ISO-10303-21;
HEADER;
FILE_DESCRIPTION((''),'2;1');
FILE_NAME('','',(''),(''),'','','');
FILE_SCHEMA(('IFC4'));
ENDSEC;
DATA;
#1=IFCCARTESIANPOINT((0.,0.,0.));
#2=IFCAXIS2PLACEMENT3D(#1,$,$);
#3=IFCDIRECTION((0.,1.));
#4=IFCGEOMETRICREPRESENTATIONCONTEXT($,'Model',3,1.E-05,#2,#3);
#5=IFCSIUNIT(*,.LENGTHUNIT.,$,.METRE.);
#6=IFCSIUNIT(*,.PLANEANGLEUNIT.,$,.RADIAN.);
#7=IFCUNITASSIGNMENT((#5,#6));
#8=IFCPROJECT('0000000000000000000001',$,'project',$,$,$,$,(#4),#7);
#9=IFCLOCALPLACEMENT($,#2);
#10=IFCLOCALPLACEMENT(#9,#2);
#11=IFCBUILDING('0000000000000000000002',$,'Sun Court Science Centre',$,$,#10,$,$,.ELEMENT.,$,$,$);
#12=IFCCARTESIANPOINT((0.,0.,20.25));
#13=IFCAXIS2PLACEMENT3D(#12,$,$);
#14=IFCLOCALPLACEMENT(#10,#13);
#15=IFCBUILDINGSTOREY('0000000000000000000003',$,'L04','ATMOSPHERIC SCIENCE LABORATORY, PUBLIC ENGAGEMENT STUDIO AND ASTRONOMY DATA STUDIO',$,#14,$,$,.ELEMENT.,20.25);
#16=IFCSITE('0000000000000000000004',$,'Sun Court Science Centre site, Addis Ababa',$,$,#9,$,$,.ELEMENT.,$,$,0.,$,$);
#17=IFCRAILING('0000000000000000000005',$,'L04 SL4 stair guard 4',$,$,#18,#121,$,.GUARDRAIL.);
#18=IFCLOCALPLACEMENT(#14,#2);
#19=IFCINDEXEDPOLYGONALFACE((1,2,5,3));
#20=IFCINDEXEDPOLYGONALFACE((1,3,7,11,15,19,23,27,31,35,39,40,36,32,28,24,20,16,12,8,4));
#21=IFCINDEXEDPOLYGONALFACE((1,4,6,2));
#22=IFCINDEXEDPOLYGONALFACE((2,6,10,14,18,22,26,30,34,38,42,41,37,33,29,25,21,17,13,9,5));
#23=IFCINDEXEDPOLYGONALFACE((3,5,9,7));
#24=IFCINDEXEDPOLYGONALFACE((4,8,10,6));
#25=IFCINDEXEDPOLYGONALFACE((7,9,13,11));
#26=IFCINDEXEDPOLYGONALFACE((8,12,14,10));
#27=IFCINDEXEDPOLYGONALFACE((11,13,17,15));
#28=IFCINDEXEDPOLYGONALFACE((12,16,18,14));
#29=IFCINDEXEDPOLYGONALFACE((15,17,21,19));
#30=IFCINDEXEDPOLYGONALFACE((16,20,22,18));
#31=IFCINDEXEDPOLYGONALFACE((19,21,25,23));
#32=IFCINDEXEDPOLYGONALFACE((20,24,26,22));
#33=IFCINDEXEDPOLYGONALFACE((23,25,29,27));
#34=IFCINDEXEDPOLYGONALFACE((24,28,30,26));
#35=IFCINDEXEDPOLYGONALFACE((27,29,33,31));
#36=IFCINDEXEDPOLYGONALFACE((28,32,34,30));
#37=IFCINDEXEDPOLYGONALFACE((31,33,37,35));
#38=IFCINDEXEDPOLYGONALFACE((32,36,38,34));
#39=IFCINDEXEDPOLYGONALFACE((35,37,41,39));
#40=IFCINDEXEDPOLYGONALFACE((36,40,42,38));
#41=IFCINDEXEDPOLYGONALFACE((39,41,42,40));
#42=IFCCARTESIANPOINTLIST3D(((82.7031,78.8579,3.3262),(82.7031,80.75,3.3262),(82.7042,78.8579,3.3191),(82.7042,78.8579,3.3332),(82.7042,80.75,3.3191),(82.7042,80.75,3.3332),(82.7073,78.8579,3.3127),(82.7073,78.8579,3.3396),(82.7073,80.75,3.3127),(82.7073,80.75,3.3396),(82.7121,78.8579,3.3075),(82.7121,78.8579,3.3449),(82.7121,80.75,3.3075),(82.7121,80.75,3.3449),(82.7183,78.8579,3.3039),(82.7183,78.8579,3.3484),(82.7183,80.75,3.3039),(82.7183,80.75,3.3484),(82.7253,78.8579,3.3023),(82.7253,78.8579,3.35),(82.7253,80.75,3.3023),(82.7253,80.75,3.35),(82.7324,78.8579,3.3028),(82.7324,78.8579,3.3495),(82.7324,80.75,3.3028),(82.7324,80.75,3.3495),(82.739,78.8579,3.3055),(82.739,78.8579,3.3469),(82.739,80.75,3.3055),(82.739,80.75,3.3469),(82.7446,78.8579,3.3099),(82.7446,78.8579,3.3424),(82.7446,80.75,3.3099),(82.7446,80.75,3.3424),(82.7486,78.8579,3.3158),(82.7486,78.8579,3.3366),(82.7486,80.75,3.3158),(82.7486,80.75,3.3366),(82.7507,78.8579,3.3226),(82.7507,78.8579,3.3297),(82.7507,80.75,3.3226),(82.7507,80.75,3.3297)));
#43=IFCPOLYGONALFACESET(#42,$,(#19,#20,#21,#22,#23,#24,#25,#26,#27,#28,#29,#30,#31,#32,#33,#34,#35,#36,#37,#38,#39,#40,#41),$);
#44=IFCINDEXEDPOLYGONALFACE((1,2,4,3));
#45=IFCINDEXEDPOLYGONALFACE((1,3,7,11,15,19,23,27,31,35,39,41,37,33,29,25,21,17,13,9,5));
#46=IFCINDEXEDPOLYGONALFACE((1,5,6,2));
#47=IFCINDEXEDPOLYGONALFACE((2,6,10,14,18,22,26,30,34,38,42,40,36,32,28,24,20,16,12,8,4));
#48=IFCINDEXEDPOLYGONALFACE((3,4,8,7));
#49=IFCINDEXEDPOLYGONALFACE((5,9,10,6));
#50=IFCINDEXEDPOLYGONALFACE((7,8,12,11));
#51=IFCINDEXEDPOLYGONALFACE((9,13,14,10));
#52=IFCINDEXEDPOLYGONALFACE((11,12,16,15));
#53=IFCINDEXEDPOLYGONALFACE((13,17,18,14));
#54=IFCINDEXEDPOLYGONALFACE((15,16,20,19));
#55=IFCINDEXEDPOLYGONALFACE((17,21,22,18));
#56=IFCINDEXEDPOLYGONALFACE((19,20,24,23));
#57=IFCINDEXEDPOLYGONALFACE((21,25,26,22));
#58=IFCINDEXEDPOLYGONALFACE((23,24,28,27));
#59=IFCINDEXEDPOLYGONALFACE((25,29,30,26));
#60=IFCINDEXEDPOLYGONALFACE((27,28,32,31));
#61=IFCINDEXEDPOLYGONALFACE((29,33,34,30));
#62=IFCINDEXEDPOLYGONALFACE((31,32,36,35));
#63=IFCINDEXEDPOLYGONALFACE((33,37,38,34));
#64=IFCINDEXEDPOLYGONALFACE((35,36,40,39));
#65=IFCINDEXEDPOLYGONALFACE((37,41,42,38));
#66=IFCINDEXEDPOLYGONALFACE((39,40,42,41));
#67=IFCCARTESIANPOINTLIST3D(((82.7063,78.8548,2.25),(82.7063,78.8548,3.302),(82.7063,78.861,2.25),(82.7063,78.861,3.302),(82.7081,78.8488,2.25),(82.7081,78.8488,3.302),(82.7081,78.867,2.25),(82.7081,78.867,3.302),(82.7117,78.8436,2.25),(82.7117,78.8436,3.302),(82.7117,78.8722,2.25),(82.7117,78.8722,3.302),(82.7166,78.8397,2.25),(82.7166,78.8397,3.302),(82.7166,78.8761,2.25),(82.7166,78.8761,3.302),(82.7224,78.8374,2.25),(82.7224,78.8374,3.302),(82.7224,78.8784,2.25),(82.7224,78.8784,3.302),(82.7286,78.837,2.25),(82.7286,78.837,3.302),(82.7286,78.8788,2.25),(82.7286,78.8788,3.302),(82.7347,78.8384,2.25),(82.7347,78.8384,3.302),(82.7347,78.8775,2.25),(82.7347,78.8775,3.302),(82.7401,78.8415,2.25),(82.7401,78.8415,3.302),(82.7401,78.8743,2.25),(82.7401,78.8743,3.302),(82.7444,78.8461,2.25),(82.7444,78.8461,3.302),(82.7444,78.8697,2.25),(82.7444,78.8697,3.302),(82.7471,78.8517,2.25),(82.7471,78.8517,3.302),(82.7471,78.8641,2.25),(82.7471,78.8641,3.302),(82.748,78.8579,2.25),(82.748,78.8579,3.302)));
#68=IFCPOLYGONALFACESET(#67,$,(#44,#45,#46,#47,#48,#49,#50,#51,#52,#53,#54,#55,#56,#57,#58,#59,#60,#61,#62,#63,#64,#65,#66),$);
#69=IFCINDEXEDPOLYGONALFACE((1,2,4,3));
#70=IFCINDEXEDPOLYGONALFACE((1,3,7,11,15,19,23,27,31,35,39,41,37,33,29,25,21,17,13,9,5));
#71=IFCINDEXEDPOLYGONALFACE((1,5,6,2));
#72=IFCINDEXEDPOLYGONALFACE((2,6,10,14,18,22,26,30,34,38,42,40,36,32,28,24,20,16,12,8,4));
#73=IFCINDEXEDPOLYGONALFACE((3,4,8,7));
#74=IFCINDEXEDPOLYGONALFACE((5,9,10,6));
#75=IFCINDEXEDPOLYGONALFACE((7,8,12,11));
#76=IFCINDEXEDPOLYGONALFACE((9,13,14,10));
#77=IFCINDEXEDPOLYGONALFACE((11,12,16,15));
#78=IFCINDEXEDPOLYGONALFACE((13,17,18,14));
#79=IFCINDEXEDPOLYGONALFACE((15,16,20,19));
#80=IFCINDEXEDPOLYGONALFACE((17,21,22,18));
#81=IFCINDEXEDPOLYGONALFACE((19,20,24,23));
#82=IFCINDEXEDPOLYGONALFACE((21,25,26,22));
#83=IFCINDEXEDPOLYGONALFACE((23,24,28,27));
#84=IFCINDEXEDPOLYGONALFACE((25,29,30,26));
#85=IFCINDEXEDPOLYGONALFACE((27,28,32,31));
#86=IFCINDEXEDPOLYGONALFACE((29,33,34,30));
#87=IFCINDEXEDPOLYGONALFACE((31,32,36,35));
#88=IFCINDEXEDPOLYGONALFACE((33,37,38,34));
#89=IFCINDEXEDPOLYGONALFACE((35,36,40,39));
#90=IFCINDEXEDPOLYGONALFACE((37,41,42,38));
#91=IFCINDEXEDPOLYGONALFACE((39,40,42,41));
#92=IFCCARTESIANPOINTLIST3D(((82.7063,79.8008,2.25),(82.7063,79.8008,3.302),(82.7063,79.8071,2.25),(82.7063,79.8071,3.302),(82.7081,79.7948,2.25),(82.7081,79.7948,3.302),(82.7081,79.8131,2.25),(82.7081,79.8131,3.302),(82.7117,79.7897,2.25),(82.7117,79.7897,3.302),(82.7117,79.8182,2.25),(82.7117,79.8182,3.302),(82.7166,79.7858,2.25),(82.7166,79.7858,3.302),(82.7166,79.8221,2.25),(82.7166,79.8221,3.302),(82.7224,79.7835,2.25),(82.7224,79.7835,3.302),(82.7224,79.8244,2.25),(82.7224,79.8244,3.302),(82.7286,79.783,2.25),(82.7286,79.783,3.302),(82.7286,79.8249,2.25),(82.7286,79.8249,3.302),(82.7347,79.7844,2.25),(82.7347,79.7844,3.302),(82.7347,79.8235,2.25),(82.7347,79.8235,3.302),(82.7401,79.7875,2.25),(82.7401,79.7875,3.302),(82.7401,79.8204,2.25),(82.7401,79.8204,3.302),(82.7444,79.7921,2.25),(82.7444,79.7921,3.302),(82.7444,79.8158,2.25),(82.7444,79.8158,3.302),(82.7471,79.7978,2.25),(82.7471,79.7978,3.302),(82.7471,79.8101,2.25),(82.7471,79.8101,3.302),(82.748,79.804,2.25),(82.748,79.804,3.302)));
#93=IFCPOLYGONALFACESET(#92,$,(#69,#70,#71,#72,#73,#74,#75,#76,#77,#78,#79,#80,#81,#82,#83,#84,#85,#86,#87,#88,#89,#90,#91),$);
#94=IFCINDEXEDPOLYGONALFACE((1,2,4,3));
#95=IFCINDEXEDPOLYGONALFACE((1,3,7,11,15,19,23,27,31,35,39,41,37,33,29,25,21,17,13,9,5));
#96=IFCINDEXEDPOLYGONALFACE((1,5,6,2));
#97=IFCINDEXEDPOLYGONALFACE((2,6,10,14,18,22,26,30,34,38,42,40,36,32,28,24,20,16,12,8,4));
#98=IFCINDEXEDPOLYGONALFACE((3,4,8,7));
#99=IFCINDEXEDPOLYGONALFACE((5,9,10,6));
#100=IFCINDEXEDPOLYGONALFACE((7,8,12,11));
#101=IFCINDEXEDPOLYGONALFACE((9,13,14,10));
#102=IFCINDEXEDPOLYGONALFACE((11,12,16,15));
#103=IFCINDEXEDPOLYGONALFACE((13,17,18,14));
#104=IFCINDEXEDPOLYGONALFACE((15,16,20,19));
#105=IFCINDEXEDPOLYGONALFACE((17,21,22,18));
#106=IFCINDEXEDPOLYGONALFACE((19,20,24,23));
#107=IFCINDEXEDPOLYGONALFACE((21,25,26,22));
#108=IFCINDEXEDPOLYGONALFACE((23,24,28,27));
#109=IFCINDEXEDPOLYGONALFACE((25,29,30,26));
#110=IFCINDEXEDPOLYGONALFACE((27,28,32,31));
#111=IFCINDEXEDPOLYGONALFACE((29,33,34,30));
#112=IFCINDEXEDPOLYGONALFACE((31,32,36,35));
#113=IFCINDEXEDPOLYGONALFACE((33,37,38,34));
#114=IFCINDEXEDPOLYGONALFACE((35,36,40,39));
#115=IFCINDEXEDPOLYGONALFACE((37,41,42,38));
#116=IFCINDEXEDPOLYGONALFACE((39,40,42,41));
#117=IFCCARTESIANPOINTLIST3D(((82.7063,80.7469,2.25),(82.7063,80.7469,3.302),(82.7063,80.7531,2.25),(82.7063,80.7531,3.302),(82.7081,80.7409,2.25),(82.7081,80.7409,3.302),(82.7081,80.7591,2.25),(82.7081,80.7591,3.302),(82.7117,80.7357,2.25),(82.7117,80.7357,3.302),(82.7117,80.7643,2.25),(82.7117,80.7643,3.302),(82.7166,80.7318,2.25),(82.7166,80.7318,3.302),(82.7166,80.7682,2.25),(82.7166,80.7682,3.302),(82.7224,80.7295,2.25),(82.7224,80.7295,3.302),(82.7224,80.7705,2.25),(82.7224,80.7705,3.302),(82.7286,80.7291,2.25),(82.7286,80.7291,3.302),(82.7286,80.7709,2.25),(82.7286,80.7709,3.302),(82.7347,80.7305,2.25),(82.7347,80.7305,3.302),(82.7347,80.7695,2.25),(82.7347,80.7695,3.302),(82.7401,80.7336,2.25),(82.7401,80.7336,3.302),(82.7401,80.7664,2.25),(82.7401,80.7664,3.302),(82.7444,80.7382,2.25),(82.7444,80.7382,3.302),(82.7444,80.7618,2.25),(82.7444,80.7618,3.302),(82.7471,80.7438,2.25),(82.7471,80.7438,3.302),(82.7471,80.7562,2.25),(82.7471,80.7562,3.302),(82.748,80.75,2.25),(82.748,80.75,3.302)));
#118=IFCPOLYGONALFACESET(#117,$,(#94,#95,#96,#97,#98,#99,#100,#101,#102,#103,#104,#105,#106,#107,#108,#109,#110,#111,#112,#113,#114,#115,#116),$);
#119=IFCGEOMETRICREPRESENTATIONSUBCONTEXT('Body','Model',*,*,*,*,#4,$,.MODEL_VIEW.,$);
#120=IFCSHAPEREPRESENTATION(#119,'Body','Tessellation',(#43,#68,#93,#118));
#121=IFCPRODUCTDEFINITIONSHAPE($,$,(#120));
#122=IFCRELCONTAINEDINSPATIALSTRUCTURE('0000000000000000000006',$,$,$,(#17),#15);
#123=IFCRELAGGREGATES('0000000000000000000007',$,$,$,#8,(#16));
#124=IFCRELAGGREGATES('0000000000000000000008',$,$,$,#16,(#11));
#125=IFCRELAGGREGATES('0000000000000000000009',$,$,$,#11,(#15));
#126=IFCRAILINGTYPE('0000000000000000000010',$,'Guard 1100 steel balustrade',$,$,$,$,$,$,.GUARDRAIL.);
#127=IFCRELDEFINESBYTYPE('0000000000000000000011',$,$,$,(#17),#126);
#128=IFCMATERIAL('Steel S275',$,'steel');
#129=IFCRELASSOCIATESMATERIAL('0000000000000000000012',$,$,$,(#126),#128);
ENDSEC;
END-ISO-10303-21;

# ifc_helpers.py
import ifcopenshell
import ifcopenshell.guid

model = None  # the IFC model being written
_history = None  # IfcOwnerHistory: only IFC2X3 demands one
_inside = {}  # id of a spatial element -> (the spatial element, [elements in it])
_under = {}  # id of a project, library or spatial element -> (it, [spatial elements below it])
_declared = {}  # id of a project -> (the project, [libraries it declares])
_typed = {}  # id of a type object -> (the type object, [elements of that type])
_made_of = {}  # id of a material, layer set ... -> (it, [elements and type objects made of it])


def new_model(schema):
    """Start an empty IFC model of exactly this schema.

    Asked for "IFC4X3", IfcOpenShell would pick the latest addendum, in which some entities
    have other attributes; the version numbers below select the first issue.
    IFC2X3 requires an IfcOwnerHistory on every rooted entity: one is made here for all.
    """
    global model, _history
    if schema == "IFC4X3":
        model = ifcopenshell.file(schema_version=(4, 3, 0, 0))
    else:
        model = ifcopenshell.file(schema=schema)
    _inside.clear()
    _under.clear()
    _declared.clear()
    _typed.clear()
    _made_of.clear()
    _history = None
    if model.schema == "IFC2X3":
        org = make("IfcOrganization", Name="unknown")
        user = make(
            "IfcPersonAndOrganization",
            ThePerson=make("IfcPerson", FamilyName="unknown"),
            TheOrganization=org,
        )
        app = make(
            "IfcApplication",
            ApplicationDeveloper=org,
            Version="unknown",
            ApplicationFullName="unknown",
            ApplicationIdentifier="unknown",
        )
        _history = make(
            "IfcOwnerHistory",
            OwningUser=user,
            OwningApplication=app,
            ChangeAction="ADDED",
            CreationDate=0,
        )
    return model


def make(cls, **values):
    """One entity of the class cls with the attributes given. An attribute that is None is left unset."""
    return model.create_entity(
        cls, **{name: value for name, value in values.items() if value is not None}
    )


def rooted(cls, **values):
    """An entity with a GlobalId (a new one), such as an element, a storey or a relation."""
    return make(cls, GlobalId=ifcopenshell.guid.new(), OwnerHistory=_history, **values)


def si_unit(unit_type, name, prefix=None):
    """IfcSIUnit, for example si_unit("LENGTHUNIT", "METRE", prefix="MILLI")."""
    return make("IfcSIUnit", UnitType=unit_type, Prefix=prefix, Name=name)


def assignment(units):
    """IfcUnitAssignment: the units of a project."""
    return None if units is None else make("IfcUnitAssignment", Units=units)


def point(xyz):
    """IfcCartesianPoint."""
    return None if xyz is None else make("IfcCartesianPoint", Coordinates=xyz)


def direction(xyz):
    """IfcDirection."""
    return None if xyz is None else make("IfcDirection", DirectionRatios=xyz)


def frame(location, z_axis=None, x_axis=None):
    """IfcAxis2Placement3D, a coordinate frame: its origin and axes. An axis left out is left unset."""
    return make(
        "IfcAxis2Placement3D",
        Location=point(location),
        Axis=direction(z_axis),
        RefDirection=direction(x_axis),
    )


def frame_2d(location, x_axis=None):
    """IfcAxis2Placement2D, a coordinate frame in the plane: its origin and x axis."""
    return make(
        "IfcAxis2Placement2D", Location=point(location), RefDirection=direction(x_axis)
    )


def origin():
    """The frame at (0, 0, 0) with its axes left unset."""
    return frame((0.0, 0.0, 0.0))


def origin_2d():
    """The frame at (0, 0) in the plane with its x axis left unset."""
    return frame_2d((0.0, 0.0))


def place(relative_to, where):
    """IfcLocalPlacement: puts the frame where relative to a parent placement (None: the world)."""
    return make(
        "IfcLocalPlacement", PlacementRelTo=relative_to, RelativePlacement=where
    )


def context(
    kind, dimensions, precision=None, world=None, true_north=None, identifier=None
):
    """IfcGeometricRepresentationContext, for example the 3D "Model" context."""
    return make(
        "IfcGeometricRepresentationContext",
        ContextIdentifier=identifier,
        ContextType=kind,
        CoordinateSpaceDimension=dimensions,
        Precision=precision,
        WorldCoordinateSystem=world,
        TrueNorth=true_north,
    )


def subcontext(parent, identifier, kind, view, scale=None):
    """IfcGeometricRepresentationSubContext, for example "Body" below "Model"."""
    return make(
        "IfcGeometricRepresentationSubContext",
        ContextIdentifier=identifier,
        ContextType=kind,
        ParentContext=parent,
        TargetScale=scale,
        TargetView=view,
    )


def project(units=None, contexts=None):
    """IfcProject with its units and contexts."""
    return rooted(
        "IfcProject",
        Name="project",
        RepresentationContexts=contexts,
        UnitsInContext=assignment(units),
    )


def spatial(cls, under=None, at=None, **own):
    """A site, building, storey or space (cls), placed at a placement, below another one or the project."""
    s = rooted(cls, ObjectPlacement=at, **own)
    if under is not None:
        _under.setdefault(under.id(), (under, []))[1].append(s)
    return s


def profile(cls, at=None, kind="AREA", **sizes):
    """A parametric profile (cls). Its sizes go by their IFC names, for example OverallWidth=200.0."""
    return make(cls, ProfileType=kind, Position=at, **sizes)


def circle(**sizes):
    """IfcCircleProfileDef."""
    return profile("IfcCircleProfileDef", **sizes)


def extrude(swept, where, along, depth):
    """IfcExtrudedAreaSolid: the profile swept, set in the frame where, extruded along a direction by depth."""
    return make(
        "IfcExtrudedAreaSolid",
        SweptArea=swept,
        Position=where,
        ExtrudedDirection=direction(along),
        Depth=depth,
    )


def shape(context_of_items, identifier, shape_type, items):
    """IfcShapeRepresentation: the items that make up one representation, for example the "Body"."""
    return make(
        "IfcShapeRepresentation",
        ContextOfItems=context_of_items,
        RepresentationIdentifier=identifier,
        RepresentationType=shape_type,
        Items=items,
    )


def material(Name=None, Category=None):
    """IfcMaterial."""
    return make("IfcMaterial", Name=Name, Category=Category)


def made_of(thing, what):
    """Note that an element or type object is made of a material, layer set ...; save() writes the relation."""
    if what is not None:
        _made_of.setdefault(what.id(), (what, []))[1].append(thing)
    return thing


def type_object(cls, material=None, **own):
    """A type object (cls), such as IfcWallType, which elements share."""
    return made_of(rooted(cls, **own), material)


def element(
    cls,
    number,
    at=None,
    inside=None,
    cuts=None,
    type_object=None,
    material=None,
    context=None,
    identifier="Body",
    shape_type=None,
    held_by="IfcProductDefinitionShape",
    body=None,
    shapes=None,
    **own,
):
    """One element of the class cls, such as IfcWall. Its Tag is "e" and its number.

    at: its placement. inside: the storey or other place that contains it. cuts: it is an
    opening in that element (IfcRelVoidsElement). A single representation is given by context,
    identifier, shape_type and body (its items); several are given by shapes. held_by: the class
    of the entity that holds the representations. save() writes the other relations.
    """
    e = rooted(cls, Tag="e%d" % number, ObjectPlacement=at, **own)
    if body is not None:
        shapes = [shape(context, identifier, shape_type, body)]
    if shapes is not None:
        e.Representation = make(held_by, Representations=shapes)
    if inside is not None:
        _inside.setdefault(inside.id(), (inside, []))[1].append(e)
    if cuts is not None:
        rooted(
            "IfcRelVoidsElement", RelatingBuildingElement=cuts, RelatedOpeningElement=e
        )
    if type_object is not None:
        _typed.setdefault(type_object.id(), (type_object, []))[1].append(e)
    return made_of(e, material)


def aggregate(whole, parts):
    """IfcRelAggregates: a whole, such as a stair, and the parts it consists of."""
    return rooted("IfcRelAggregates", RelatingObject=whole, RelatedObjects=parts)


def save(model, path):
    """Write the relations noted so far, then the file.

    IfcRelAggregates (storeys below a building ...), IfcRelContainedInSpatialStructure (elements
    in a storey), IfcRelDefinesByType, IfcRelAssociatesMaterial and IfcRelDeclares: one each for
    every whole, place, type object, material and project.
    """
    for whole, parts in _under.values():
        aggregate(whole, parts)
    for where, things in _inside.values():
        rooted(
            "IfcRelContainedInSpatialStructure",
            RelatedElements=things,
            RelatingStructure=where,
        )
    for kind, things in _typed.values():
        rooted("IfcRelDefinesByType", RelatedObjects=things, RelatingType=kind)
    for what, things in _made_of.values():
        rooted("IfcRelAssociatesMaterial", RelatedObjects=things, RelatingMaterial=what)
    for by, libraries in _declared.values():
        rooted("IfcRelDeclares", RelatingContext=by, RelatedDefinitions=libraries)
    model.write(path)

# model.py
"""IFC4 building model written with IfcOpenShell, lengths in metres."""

from ifc_helpers import new_model, si_unit, direction, frame, origin, origin_2d, place, context, subcontext, project, spatial, circle, extrude, material, type_object, element, save


model = new_model("IFC4")

# Units and contexts
model_context = context("Model", 3, precision=1e-05, world=origin(), true_north=direction((0.0, 1.0)))
body_context = subcontext(model_context, "Body", "Model", "MODEL_VIEW")
ifc_project = project(units=[si_unit("LENGTHUNIT", "METRE"), si_unit("PLANEANGLEUNIT", "RADIAN")], contexts=[model_context])

# Site, building, storey
site_placement = place(None, origin())
site = spatial("IfcSite", under=ifc_project, at=site_placement, Name="Sun Court Science Centre site, Addis Ababa", CompositionType="ELEMENT", RefElevation=0.0)
building_placement = place(site_placement, origin())
building = spatial("IfcBuilding", under=site, at=building_placement, Name="Sun Court Science Centre", CompositionType="ELEMENT")
storey_placement = place(building_placement, frame((0.0, 0.0, 20.25)))
storey = spatial("IfcBuildingStorey", under=building, at=storey_placement, Name="L04", Description="ATMOSPHERIC SCIENCE LABORATORY, PUBLIC ENGAGEMENT STUDIO AND ASTRONOMY DATA STUDIO", CompositionType="ELEMENT", Elevation=20.25)

# Railing
ifc_material_1 = material(Name="Steel S275", Category="steel")
railing_type_1 = type_object("IfcRailingType", Name="Guard 1100 steel balustrade", PredefinedType="GUARDRAIL", material=ifc_material_1)
for number, where, name in (
    (1, (82.7271, 78.8579, 2.25), "L04 SL4 stair guard 4"),
):
    element("IfcRailing", number, at=place(storey_placement, frame(where)), inside=storey, type_object=railing_type_1, Name=name, PredefinedType="GUARDRAIL", context=body_context, shape_type="SweptSolid", body=[
        extrude(circle(Radius=0.0239, at=origin_2d()), frame((0.0, 0.0, 1.0762), z_axis=(0.0, 1.0, 0.0), x_axis=(-1.0, 0.0, 0.0)), (0.0, 0.0, 1.0), 1.8921),
        extrude(circle(Radius=0.021, at=origin_2d()), origin(), (0.0, 0.0, 1.0), 1.052),
        extrude(circle(Radius=0.021, at=origin_2d()), frame((0.0, 0.946, 0.0)), (0.0, 0.0, 1.0), 1.052),
        extrude(circle(Radius=0.021, at=origin_2d()), frame((0.0, 1.8921, 0.0)), (0.0, 0.0, 1.0), 1.052),
    ])

save(model, "model.ifc")
